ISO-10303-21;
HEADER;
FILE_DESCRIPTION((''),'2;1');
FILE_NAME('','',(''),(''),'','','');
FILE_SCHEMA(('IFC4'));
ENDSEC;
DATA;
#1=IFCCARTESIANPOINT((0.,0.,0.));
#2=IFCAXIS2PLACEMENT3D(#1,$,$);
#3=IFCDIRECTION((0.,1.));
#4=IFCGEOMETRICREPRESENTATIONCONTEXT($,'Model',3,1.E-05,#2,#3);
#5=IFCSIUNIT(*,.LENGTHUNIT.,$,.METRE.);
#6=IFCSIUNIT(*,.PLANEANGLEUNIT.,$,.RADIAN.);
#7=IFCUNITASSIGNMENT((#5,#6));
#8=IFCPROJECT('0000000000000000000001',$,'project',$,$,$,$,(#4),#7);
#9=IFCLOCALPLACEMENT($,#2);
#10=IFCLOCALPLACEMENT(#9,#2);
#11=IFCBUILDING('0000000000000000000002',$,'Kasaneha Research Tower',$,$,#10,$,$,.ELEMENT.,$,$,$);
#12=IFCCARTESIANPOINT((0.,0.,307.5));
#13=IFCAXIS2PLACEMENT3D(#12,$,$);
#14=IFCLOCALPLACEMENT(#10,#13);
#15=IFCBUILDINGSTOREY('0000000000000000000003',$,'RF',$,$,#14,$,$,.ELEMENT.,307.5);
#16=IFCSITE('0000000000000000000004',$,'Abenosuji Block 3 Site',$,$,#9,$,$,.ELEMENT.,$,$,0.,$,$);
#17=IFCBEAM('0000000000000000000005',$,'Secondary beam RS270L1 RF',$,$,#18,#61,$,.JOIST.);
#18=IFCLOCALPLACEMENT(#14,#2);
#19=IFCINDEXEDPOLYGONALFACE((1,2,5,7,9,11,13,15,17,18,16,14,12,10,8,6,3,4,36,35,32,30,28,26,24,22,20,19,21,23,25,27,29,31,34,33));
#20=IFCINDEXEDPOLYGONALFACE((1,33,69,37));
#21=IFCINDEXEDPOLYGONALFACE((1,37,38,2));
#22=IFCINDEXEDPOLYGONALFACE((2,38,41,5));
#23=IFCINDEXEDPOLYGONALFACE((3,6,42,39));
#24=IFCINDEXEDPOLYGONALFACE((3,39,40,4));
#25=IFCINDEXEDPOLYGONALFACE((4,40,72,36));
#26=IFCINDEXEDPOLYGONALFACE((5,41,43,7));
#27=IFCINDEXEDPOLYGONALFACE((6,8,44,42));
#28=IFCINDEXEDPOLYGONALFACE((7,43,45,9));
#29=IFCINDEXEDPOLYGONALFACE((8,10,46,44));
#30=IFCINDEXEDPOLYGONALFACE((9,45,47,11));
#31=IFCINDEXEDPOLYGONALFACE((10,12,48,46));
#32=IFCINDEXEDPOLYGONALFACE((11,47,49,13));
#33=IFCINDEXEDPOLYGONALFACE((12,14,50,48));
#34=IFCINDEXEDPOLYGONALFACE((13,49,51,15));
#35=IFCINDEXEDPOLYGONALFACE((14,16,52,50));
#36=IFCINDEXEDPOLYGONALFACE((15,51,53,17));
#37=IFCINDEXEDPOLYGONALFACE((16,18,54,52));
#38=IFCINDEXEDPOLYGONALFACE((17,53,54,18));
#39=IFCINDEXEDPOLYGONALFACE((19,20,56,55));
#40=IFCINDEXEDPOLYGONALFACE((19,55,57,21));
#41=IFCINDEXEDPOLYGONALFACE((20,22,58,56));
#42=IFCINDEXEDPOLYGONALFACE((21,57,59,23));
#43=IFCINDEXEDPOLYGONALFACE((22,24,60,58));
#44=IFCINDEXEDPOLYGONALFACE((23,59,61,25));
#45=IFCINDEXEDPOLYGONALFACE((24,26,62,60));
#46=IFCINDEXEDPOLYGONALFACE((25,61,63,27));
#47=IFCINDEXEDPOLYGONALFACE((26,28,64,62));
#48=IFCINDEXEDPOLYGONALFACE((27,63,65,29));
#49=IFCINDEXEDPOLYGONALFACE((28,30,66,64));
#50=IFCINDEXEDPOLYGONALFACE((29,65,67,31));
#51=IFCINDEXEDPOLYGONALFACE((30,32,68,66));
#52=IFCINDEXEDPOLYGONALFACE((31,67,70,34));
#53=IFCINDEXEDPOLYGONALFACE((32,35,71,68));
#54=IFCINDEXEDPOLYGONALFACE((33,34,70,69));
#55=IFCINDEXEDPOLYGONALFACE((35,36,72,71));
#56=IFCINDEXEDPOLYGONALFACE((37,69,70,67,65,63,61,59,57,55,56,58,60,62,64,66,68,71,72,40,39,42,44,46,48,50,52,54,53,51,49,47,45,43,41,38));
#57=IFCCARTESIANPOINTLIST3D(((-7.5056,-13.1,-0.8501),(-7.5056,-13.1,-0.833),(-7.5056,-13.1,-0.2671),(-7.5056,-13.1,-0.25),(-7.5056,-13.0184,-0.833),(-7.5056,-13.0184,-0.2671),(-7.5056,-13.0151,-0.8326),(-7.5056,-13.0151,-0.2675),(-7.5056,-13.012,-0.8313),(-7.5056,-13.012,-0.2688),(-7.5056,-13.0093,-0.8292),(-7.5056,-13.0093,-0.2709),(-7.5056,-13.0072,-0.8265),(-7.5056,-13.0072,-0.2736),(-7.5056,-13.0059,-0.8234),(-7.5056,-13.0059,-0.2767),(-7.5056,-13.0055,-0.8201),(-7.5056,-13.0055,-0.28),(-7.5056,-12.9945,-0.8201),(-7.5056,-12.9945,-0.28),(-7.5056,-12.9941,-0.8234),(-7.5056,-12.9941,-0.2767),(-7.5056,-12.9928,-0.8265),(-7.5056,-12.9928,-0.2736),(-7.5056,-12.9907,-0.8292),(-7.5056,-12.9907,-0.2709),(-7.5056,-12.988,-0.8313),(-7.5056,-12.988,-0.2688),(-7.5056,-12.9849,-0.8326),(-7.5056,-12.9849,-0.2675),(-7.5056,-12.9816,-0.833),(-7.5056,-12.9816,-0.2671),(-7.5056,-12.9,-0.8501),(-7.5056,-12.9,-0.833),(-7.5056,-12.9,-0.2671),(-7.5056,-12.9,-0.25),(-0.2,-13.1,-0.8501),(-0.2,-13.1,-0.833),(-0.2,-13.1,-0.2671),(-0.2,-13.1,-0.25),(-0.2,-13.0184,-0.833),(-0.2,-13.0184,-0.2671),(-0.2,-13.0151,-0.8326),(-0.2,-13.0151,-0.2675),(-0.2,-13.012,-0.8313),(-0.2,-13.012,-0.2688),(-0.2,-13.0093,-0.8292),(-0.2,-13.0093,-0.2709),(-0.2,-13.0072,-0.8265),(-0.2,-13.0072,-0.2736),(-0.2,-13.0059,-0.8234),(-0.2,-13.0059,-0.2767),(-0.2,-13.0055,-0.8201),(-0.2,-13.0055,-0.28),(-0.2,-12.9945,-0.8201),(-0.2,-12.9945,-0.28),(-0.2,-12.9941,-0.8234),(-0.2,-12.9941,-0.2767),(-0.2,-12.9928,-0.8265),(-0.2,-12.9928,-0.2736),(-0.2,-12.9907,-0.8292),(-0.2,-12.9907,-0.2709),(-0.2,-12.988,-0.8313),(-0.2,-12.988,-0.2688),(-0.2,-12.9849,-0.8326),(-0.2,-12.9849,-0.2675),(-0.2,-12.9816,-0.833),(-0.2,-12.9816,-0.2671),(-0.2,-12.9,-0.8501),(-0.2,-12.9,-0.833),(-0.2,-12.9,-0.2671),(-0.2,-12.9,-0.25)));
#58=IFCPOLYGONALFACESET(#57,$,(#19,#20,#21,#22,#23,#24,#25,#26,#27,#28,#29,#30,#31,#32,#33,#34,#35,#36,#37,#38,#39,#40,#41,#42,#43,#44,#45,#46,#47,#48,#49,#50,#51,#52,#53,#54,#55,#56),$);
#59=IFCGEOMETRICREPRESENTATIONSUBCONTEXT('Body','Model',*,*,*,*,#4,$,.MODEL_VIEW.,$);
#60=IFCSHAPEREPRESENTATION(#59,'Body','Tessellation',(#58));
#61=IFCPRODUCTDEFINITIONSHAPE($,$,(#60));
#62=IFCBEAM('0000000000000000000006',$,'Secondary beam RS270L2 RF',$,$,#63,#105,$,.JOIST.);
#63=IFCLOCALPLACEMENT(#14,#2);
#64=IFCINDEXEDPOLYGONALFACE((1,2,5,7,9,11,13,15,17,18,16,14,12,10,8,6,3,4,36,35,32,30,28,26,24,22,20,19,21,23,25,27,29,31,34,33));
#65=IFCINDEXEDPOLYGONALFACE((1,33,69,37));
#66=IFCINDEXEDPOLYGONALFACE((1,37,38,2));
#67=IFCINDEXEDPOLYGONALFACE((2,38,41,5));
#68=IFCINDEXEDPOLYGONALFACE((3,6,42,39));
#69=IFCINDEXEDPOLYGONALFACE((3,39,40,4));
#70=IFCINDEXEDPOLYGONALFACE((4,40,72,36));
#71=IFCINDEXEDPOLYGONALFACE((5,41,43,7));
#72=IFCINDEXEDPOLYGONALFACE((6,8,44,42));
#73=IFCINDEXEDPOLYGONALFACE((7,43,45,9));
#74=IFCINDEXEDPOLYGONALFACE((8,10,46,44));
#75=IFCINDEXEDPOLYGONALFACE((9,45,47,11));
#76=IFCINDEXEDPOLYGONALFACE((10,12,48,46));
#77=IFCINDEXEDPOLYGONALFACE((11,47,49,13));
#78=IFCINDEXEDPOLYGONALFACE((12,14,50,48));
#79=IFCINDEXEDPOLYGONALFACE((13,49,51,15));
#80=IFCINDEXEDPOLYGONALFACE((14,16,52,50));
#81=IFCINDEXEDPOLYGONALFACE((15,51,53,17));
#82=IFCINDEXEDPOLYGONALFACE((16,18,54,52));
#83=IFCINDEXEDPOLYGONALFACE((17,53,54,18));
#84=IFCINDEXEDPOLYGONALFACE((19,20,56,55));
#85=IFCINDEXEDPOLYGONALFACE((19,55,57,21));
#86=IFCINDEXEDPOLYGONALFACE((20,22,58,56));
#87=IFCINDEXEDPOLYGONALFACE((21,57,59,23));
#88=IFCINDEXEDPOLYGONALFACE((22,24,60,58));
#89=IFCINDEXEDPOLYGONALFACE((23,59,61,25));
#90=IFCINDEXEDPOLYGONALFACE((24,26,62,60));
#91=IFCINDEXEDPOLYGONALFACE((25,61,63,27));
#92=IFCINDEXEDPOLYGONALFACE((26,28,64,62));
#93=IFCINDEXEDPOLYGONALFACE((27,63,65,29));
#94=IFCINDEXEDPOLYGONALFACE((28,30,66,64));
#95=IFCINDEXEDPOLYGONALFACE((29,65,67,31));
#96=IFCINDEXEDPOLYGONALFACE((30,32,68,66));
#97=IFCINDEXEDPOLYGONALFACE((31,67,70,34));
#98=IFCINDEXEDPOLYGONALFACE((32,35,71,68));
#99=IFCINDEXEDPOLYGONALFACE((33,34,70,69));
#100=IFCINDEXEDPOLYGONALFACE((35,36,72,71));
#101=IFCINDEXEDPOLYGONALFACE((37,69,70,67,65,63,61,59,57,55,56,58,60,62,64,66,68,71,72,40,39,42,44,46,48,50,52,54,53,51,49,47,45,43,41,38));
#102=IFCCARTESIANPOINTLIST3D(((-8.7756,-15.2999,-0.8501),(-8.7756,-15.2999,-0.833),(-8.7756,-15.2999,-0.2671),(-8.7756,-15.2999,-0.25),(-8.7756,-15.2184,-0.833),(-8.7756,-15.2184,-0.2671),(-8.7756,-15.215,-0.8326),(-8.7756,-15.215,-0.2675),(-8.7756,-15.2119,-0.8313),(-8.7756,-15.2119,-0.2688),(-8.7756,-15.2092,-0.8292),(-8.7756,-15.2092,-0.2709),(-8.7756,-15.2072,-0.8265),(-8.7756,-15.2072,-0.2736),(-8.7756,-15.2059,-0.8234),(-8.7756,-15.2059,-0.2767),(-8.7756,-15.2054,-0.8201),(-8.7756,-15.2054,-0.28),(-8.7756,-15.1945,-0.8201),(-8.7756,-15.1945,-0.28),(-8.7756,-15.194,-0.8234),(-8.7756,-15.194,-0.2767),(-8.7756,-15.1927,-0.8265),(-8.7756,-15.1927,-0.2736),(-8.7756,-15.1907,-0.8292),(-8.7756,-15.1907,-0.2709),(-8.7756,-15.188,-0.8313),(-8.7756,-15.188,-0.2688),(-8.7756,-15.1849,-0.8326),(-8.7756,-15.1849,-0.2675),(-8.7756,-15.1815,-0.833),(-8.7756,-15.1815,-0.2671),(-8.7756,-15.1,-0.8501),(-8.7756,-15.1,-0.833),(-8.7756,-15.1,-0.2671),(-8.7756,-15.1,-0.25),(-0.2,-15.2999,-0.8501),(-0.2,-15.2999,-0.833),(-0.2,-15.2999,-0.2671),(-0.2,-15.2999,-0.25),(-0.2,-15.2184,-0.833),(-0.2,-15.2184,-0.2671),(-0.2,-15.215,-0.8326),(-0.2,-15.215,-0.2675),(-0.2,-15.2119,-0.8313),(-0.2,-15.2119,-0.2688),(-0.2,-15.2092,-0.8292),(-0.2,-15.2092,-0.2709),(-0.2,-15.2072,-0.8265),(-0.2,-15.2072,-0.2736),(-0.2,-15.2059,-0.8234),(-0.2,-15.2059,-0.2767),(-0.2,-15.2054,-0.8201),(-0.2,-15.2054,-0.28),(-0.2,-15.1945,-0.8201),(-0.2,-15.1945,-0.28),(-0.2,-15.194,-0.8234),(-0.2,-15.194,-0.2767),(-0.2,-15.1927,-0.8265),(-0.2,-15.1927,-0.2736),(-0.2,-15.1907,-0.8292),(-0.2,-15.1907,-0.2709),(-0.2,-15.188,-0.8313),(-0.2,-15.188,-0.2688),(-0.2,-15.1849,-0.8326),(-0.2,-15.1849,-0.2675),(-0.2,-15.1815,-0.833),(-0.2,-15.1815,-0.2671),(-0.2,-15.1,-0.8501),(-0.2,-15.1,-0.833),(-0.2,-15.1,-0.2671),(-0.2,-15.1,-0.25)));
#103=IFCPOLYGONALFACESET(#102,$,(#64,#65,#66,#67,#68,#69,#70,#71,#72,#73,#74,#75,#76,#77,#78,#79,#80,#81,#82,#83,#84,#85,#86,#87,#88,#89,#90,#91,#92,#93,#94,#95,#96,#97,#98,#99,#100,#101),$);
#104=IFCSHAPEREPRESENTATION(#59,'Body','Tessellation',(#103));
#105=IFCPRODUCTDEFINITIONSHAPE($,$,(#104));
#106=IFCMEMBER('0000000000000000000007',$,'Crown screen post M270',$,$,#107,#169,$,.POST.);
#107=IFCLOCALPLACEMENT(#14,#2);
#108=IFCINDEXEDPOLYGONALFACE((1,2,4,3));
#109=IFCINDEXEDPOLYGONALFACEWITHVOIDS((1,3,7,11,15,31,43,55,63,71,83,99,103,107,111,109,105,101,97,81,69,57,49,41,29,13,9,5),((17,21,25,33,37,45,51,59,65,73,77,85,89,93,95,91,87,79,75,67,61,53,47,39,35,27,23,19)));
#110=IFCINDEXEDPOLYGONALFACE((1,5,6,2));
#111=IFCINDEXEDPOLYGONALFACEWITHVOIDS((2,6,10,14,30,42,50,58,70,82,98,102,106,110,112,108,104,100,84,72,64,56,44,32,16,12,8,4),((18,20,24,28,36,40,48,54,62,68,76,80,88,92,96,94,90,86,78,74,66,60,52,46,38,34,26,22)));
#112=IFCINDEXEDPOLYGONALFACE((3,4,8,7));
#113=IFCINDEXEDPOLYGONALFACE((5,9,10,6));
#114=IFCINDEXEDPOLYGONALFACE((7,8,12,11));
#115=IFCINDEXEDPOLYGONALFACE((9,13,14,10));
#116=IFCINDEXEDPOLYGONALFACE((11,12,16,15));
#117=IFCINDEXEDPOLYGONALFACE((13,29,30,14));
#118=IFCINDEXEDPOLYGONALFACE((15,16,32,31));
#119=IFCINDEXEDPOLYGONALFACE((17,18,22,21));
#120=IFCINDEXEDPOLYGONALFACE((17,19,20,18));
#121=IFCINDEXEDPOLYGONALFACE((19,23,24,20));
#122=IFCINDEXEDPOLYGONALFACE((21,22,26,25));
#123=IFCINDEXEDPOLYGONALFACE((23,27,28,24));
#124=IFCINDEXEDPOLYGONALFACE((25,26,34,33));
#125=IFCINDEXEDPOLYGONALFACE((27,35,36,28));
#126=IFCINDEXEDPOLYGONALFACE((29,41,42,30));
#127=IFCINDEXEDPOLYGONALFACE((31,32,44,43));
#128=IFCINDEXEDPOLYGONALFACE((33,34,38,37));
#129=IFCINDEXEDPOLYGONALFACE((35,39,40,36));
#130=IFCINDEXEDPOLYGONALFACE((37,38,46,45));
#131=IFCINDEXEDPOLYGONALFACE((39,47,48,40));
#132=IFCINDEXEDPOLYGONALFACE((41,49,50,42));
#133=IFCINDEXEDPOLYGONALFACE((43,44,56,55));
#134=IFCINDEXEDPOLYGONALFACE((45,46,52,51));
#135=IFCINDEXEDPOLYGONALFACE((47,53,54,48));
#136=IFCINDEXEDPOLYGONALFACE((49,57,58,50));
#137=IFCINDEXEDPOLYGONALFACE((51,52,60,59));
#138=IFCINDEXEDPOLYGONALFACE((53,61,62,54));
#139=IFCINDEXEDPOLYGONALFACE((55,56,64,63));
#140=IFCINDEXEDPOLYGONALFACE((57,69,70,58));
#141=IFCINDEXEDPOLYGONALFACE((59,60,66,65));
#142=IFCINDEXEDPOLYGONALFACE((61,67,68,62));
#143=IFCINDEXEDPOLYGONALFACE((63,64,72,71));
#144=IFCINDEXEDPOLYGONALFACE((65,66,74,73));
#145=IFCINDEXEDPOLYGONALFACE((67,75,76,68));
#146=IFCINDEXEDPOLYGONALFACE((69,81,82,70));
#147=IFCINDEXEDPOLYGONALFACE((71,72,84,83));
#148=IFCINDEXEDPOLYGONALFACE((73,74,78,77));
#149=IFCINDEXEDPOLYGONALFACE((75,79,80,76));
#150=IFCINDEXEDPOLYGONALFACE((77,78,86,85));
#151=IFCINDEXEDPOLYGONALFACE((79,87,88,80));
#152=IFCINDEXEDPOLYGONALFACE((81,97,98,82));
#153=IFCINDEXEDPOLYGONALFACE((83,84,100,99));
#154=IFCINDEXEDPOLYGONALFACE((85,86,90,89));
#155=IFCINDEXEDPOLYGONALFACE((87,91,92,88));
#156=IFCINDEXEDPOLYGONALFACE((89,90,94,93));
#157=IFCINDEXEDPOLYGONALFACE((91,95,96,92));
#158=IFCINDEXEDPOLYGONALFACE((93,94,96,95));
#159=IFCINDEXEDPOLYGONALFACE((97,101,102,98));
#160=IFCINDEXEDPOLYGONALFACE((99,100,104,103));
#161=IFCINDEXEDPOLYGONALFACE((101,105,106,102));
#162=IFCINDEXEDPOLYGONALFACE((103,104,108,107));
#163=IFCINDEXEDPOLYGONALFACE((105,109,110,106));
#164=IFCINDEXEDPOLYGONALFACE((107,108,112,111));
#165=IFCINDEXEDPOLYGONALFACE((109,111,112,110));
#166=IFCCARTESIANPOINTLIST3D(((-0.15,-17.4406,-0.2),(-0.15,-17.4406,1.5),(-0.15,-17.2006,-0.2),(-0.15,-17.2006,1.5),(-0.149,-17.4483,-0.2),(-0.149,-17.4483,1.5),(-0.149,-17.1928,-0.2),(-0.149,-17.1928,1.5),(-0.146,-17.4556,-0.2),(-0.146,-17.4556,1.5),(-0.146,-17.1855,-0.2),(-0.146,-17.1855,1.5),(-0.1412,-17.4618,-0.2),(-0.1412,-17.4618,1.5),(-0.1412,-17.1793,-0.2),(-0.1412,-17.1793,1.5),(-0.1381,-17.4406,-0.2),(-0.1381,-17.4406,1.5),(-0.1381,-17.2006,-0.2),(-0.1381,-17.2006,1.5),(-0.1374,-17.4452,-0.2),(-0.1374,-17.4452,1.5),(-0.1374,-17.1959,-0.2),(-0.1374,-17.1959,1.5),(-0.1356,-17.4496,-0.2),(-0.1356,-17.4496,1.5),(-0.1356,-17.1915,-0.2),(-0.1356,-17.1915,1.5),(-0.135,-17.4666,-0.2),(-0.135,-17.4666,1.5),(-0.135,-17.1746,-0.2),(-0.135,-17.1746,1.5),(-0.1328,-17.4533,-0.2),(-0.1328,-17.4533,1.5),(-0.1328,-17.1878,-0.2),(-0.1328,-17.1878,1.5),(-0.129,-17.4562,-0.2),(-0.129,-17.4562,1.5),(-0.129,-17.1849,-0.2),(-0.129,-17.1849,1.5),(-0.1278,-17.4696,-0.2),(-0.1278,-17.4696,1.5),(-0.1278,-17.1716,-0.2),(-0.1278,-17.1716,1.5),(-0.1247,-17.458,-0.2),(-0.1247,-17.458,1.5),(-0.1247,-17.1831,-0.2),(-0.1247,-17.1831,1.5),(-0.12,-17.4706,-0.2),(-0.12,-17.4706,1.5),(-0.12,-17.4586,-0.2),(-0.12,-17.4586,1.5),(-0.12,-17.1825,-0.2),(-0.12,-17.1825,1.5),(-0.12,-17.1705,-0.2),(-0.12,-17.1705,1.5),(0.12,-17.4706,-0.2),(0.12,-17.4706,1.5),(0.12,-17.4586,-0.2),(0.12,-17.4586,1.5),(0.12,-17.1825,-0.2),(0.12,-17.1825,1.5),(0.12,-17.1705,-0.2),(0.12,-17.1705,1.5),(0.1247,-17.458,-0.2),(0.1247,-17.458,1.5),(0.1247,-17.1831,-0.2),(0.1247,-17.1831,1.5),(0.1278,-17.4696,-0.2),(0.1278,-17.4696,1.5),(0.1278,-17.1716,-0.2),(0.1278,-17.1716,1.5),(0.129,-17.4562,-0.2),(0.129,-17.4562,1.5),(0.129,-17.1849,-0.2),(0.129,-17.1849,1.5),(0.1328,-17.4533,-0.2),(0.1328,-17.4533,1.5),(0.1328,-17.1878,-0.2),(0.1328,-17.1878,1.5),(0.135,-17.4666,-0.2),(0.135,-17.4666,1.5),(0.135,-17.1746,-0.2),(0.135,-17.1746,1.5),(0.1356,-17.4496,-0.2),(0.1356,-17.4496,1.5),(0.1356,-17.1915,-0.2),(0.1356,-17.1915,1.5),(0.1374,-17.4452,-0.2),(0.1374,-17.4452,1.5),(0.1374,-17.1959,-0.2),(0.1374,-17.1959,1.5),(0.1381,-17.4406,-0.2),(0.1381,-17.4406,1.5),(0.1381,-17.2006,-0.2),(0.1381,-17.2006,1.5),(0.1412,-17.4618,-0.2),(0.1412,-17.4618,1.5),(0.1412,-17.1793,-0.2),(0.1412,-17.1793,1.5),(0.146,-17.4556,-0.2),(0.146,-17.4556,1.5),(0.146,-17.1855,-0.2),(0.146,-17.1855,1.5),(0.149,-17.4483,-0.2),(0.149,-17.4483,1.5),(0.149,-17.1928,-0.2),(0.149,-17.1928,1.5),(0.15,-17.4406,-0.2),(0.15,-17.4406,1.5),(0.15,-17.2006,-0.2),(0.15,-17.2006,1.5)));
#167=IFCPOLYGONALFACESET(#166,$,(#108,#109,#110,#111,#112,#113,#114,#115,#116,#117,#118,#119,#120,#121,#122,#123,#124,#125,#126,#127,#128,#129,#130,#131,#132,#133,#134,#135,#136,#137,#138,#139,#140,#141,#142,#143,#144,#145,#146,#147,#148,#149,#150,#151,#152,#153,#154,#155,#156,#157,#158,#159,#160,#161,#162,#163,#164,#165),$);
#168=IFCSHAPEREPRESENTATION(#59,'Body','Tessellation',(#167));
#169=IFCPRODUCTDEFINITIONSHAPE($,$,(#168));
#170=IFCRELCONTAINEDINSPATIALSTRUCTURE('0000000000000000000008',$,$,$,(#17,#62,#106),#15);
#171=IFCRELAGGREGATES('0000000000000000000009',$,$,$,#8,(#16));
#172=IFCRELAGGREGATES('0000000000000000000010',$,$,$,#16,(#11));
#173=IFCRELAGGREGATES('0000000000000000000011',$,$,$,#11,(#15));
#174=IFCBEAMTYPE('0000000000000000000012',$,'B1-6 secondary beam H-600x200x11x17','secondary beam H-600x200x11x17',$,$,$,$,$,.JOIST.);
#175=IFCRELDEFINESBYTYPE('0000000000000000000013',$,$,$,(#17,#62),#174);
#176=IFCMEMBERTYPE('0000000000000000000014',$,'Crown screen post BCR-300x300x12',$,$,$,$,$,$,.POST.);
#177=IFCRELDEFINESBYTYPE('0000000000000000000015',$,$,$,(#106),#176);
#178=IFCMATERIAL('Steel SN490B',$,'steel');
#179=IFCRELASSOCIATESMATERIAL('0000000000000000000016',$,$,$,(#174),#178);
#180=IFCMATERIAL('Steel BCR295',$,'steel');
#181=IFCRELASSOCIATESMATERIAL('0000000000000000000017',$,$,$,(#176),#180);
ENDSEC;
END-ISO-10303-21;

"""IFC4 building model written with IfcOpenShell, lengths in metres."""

from ifc_helpers import new_model, si_unit, direction, frame, origin, origin_2d, place, context, subcontext, project, spatial, hollow_rectangle, i_section, extrude, material, material_profile, profile_set, type_object, element, save


model = new_model("IFC4")

# Units and contexts
model_context = context("Model", 3, precision=1e-05, world=origin(), true_north=direction((0.0, 1.0)))
body_context = subcontext(model_context, "Body", "Model", "MODEL_VIEW")
ifc_project = project(units=[si_unit("LENGTHUNIT", "METRE"), si_unit("PLANEANGLEUNIT", "RADIAN")], contexts=[model_context])

# Site, building, storey
site_placement = place(None, origin())
site = spatial("IfcSite", under=ifc_project, at=site_placement, Name="Abenosuji Block 3 Site", CompositionType="ELEMENT", RefElevation=0.0)
building_placement = place(site_placement, origin())
building = spatial("IfcBuilding", under=site, at=building_placement, Name="Kasaneha Research Tower", CompositionType="ELEMENT")
storey_placement = place(building_placement, frame((0.0, 0.0, 307.5)))
storey = spatial("IfcBuildingStorey", under=building, at=storey_placement, Name="RF", CompositionType="ELEMENT", Elevation=307.5)

# Beams
ifc_material_1 = material(Name="Steel SN490B", Category="steel")
ifc_material_profile_1 = material_profile(ifc_material_1, i_section(OverallWidth=0.2, OverallDepth=0.6001, WebThickness=0.011, FlangeThickness=0.0171, FilletRadius=0.0129, at=origin_2d()), Name="H-600x200x11x17")
ifc_profile_set_1 = profile_set([ifc_material_profile_1], Name="Steel SN490B")
beam_type_1 = type_object("IfcBeamType", Name="B1-6 secondary beam H-600x200x11x17", Description="secondary beam H-600x200x11x17", PredefinedType="JOIST", material=ifc_profile_set_1)
beam_1_placement = place(storey_placement, frame((-7.5056, -13.0, -0.55), z_axis=(1.0, 0.0, 0.0), x_axis=(0.0, 1.0, 0.0)))
element("IfcBeam", 1, at=beam_1_placement, inside=storey, type_object=beam_type_1, Name="Secondary beam RS270L1 RF", PredefinedType="JOIST", context=body_context, shape_type="SweptSolid", body=[
    extrude(i_section(OverallWidth=0.2, OverallDepth=0.6001, WebThickness=0.011, FlangeThickness=0.0171, FilletRadius=0.0129, at=origin_2d()), origin(), (0.0, 0.0, 1.0), 7.3057),
])
beam_2_placement = place(storey_placement, frame((-8.7756, -15.2, -0.55), z_axis=(1.0, 0.0, 0.0), x_axis=(0.0, 1.0, 0.0)))
element("IfcBeam", 2, at=beam_2_placement, inside=storey, type_object=beam_type_1, Name="Secondary beam RS270L2 RF", PredefinedType="JOIST", context=body_context, shape_type="SweptSolid", body=[
    extrude(i_section(OverallWidth=0.2, OverallDepth=0.6001, WebThickness=0.011, FlangeThickness=0.0171, FilletRadius=0.0129, at=origin_2d()), origin(), (0.0, 0.0, 1.0), 8.5757),
])

# Member
ifc_material_2 = material(Name="Steel BCR295", Category="steel")
ifc_material_profile_2 = material_profile(ifc_material_2, hollow_rectangle(XDim=0.3, YDim=0.3, WallThickness=0.012, InnerFilletRadius=0.0181, OuterFilletRadius=0.03, at=origin_2d()), Name="BCR-300x300x12")
ifc_profile_set_2 = profile_set([ifc_material_profile_2], Name="Steel BCR295")
member_type = type_object("IfcMemberType", Name="Crown screen post BCR-300x300x12", PredefinedType="POST", material=ifc_profile_set_2)
for number, where, z_axis, x_axis, name in (
    (3, (0.0, -17.3206, -0.2), (0.0, 0.0, 1.0), (1.0, 0.0, 0.0), "Crown screen post M270"),
):
    element("IfcMember", number, at=place(storey_placement, frame(where, z_axis=z_axis, x_axis=x_axis)), inside=storey, type_object=member_type, Name=name, PredefinedType="POST", context=body_context, shape_type="SweptSolid", body=[
        extrude(hollow_rectangle(XDim=0.3, YDim=0.3, WallThickness=0.012, InnerFilletRadius=0.0181, OuterFilletRadius=0.03, at=origin_2d()), origin(), (0.0, 0.0, 1.0), 1.7),
    ])

save(model, "model.ifc")
